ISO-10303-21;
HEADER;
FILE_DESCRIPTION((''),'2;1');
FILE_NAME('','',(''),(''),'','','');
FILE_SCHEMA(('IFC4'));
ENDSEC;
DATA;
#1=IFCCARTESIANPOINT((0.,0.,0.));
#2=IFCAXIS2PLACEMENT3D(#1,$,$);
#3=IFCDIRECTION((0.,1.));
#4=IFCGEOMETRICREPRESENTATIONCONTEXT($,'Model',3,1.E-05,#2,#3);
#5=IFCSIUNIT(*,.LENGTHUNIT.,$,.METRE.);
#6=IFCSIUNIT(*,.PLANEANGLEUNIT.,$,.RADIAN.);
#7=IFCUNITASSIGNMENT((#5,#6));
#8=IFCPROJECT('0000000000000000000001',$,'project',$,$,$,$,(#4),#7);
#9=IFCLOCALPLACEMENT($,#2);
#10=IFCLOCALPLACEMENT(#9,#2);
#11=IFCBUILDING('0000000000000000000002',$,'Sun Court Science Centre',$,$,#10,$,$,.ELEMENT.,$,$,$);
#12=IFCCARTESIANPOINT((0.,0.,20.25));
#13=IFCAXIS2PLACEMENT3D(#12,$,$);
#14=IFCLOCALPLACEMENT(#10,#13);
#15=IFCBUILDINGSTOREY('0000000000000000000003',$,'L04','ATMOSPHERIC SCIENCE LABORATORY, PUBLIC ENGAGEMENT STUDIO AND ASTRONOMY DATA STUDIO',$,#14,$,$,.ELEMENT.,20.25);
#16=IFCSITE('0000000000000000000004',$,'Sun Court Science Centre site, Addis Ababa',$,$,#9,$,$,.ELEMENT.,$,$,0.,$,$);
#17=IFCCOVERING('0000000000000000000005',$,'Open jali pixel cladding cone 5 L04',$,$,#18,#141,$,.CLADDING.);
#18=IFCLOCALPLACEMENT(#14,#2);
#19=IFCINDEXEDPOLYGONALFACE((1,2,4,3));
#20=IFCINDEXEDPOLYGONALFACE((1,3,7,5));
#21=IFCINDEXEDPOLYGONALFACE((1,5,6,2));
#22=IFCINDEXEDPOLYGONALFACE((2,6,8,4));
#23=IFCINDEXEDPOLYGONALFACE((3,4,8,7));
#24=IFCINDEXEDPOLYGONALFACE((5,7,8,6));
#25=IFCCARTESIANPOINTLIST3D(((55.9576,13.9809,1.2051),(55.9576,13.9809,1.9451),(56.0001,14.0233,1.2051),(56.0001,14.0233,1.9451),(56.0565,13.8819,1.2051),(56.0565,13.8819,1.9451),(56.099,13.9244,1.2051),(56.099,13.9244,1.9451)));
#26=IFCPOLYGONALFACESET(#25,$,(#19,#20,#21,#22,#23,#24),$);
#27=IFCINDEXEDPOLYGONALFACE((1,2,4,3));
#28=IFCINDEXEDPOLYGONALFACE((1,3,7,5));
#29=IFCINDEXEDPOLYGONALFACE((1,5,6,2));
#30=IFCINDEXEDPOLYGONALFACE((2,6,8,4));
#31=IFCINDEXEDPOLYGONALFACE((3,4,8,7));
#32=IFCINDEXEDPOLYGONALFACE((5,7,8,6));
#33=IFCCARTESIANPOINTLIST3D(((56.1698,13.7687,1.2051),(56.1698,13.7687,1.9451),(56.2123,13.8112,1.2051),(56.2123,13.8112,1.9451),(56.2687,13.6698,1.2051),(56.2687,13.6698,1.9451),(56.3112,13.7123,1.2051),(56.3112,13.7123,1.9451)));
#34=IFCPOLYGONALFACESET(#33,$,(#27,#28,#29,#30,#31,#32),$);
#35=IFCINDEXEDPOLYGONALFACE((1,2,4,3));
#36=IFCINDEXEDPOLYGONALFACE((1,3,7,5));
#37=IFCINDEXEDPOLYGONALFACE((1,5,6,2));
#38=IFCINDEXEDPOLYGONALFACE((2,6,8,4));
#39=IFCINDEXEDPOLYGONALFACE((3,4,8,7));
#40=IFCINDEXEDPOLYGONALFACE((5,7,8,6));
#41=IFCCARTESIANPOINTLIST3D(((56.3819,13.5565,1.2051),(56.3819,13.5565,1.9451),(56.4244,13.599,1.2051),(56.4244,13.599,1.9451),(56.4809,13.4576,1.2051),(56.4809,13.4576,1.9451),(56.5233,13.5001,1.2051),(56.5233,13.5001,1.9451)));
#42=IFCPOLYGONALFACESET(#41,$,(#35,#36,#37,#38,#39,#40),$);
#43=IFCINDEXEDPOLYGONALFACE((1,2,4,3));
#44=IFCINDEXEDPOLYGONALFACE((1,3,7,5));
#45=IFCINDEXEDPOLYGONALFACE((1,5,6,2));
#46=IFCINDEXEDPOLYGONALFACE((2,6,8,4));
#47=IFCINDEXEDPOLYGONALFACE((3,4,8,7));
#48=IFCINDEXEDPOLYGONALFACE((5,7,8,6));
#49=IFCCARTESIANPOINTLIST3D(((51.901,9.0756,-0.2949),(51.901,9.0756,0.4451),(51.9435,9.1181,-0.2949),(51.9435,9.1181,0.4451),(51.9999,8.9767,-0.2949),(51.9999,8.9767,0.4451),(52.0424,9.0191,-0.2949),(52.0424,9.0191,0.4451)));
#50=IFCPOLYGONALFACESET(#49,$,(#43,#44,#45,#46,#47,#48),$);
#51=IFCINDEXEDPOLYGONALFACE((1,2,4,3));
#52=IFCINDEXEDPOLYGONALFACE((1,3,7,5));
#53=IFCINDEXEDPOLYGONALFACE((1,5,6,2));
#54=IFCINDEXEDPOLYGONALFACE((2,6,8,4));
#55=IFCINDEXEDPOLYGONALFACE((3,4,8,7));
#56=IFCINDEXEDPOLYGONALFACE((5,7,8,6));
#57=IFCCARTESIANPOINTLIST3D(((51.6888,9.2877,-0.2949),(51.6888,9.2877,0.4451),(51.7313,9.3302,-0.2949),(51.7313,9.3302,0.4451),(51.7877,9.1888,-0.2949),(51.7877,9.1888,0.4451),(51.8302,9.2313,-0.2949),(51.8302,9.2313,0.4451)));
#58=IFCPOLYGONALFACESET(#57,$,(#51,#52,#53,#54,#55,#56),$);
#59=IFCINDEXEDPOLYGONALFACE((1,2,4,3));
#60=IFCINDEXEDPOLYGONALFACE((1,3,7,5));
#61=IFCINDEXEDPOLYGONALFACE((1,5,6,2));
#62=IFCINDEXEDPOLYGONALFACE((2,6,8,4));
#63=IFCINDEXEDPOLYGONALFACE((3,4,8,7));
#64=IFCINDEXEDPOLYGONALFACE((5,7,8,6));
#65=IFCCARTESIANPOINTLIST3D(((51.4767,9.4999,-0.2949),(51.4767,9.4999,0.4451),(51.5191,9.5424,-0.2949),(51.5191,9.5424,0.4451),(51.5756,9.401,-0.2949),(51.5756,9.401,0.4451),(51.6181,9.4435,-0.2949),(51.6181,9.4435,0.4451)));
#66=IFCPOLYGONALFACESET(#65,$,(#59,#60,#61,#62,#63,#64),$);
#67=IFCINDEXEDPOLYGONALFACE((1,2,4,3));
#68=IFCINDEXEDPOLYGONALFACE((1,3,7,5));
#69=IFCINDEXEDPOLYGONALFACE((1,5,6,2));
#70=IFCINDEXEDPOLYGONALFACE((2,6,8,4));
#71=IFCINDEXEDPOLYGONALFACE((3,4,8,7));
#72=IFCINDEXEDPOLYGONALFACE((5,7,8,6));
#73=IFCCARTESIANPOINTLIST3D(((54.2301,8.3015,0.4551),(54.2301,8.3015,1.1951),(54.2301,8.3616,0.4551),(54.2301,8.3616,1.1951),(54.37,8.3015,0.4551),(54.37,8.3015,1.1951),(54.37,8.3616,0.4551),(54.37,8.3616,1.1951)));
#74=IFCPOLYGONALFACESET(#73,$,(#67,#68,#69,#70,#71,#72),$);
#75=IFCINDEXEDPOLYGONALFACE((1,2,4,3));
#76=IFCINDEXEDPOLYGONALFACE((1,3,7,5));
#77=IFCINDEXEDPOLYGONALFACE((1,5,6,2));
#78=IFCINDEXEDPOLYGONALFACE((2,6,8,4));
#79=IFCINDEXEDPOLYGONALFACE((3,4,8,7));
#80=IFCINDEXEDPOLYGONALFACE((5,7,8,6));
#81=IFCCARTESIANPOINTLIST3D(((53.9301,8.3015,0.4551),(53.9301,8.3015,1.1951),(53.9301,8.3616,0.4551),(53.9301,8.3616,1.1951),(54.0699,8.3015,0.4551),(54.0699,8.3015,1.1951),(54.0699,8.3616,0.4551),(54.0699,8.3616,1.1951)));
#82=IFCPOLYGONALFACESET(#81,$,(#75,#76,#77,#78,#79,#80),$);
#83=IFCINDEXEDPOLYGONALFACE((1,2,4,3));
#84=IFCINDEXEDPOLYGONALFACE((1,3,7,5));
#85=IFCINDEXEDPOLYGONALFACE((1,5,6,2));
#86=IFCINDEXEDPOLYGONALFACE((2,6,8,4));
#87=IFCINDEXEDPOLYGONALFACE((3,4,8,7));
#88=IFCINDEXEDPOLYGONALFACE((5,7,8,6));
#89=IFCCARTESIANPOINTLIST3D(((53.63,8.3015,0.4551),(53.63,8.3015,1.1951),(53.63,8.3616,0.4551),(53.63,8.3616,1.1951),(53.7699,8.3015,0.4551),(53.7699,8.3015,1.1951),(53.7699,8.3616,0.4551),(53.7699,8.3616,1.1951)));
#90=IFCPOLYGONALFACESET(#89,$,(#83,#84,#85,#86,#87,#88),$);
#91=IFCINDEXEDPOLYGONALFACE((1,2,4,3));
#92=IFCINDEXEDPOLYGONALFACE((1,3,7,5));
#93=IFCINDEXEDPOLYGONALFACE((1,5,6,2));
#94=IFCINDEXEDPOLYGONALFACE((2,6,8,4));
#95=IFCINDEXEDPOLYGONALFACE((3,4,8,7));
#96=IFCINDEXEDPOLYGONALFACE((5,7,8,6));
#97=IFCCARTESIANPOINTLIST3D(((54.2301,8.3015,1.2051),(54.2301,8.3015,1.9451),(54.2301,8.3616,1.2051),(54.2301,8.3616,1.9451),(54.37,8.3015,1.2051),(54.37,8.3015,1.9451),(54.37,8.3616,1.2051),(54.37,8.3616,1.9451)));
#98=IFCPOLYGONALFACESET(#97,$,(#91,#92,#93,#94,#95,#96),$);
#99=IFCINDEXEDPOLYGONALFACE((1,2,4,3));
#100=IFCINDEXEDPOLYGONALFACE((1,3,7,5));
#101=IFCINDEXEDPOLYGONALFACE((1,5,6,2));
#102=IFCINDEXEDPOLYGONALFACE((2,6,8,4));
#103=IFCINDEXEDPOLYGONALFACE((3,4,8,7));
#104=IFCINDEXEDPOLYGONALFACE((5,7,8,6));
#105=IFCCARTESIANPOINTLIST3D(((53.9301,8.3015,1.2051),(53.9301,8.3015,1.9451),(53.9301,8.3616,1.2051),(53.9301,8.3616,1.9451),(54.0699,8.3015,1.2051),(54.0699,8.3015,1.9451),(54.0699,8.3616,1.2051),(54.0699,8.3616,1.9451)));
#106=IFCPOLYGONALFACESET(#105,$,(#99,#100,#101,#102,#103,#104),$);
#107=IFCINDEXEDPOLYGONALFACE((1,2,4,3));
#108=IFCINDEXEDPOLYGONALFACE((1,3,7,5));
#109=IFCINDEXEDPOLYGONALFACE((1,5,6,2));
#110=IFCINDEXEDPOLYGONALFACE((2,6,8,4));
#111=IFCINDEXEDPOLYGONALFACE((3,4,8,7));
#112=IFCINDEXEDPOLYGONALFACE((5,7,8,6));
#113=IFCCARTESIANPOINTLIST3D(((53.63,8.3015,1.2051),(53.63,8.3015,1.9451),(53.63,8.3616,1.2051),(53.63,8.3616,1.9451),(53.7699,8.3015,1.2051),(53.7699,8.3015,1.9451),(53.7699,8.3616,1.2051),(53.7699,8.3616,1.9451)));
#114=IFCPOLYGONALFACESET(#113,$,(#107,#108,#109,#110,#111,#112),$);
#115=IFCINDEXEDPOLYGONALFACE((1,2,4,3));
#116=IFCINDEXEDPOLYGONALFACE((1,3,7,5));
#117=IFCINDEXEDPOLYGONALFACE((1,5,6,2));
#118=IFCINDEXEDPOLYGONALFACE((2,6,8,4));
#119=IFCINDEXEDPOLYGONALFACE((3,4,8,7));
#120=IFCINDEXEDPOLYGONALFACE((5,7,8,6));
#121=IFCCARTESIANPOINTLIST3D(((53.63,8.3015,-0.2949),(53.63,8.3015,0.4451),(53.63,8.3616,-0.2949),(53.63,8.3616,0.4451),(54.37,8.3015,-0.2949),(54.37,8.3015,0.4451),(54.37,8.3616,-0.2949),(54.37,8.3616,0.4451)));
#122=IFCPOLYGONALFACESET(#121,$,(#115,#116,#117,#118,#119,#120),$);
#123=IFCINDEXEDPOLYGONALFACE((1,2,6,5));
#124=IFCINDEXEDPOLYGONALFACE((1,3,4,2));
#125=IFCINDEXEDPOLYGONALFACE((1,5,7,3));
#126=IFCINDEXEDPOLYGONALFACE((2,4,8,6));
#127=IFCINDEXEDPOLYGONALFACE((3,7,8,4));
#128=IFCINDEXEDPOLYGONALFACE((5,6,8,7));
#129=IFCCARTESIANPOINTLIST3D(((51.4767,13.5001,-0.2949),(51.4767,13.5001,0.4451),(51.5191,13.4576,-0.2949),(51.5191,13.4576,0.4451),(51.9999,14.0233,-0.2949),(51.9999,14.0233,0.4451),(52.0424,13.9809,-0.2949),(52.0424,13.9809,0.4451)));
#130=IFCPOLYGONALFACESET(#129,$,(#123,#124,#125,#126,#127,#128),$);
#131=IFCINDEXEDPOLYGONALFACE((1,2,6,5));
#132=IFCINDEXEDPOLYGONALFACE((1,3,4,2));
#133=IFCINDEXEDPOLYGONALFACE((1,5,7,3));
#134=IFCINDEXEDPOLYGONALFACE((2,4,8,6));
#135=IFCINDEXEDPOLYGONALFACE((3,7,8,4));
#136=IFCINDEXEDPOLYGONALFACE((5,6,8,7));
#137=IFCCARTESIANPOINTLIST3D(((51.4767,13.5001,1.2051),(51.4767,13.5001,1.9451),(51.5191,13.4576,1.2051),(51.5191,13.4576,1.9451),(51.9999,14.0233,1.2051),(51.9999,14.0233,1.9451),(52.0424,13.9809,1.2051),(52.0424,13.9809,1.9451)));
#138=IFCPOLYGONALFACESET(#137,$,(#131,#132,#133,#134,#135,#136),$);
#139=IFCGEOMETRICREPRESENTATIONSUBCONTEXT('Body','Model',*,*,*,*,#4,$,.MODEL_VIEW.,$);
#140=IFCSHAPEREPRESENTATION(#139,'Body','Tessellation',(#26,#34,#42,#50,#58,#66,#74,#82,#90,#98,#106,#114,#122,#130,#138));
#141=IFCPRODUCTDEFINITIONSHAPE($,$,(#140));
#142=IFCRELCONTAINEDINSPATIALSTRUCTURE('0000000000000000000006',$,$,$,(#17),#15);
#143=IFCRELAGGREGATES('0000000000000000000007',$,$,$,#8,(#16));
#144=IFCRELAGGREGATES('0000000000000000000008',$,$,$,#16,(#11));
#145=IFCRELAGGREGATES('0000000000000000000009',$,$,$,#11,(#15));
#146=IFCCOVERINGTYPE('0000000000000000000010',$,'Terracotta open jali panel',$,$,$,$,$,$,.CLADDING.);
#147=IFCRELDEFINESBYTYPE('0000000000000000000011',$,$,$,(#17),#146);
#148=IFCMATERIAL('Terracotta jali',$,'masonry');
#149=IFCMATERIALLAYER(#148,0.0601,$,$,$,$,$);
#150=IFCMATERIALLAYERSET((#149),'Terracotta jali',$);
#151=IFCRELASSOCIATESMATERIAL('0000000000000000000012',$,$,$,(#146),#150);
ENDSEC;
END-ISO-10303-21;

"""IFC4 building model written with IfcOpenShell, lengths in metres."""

from ifc_helpers import new_model, si_unit, direction, frame, origin, origin_2d, place, context, subcontext, project, spatial, rectangle, extrude, material, layer, layer_set, type_object, element, save


model = new_model("IFC4")

# Units and contexts
model_context = context("Model", 3, precision=1e-05, world=origin(), true_north=direction((0.0, 1.0)))
body_context = subcontext(model_context, "Body", "Model", "MODEL_VIEW")
ifc_project = project(units=[si_unit("LENGTHUNIT", "METRE"), si_unit("PLANEANGLEUNIT", "RADIAN")], contexts=[model_context])

# Site, building, storey
site_placement = place(None, origin())
site = spatial("IfcSite", under=ifc_project, at=site_placement, Name="Sun Court Science Centre site, Addis Ababa", CompositionType="ELEMENT", RefElevation=0.0)
building_placement = place(site_placement, origin())
building = spatial("IfcBuilding", under=site, at=building_placement, Name="Sun Court Science Centre", CompositionType="ELEMENT")
storey_placement = place(building_placement, frame((0.0, 0.0, 20.25)))
storey = spatial("IfcBuildingStorey", under=building, at=storey_placement, Name="L04", Description="ATMOSPHERIC SCIENCE LABORATORY, PUBLIC ENGAGEMENT STUDIO AND ASTRONOMY DATA STUDIO", CompositionType="ELEMENT", Elevation=20.25)

# Covering
ifc_material_1 = material(Name="Terracotta jali", Category="masonry")
ifc_layer_1 = layer(ifc_material_1, 0.0601)
ifc_layer_set_1 = layer_set([ifc_layer_1], Name="Terracotta jali")
covering_type_1 = type_object("IfcCoveringType", Name="Terracotta open jali panel", PredefinedType="CLADDING", material=ifc_layer_set_1)
covering_1_placement = place(storey_placement, frame((0.0, 0.0, -20.25)))
element("IfcCovering", 1, at=covering_1_placement, inside=storey, type_object=covering_type_1, Name="Open jali pixel cladding cone 5 L04", PredefinedType="CLADDING", context=body_context, shape_type="SweptSolid", body=[
    extrude(rectangle(XDim=0.1399, YDim=0.0601, at=origin_2d()), frame((56.0283, 13.9526, 21.4551), z_axis=(0.0, 0.0, 1.0), x_axis=(0.707107, -0.707107, 0.0)), (0.0, 0.0, 1.0), 0.74),
    extrude(rectangle(XDim=0.1399, YDim=0.0601, at=origin_2d()), frame((56.2405, 13.7405, 21.4551), z_axis=(0.0, 0.0, 1.0), x_axis=(0.707107, -0.707107, 0.0)), (0.0, 0.0, 1.0), 0.74),
    extrude(rectangle(XDim=0.1399, YDim=0.0601, at=origin_2d()), frame((56.4526, 13.5283, 21.4551), z_axis=(0.0, 0.0, 1.0), x_axis=(0.707107, -0.707107, 0.0)), (0.0, 0.0, 1.0), 0.74),
    extrude(rectangle(XDim=0.1399, YDim=0.0601, at=origin_2d()), frame((51.9717, 9.0474, 19.9551), z_axis=(0.0, 0.0, 1.0), x_axis=(-0.707107, 0.707107, 0.0)), (0.0, 0.0, 1.0), 0.74),
    extrude(rectangle(XDim=0.1399, YDim=0.0601, at=origin_2d()), frame((51.7595, 9.2595, 19.9551), z_axis=(0.0, 0.0, 1.0), x_axis=(-0.707107, 0.707107, 0.0)), (0.0, 0.0, 1.0), 0.74),
    extrude(rectangle(XDim=0.1399, YDim=0.0601, at=origin_2d()), frame((51.5474, 9.4717, 19.9551), z_axis=(0.0, 0.0, 1.0), x_axis=(-0.707107, 0.707107, 0.0)), (0.0, 0.0, 1.0), 0.74),
    extrude(rectangle(XDim=0.1399, YDim=0.0601, at=origin_2d()), frame((54.3, 8.3315, 20.7051), z_axis=(0.0, 0.0, 1.0), x_axis=(-1.0, 0.0, 0.0)), (0.0, 0.0, 1.0), 0.74),
    extrude(rectangle(XDim=0.1399, YDim=0.0601, at=origin_2d()), frame((54.0, 8.3315, 20.7051), z_axis=(0.0, 0.0, 1.0), x_axis=(-1.0, 0.0, 0.0)), (0.0, 0.0, 1.0), 0.74),
    extrude(rectangle(XDim=0.1399, YDim=0.0601, at=origin_2d()), frame((53.7, 8.3315, 20.7051), z_axis=(0.0, 0.0, 1.0), x_axis=(-1.0, 0.0, 0.0)), (0.0, 0.0, 1.0), 0.74),
    extrude(rectangle(XDim=0.1399, YDim=0.0601, at=origin_2d()), frame((54.3, 8.3315, 21.4551), z_axis=(0.0, 0.0, 1.0), x_axis=(-1.0, 0.0, 0.0)), (0.0, 0.0, 1.0), 0.74),
    extrude(rectangle(XDim=0.1399, YDim=0.0601, at=origin_2d()), frame((54.0, 8.3315, 21.4551), z_axis=(0.0, 0.0, 1.0), x_axis=(-1.0, 0.0, 0.0)), (0.0, 0.0, 1.0), 0.74),
    extrude(rectangle(XDim=0.1399, YDim=0.0601, at=origin_2d()), frame((53.7, 8.3315, 21.4551), z_axis=(0.0, 0.0, 1.0), x_axis=(-1.0, 0.0, 0.0)), (0.0, 0.0, 1.0), 0.74),
    extrude(rectangle(XDim=0.74, YDim=0.0601, at=origin_2d()), frame((54.0, 8.3315, 19.9551), z_axis=(0.0, 0.0, 1.0), x_axis=(-1.0, 0.0, 0.0)), (0.0, 0.0, 1.0), 0.74),
    extrude(rectangle(XDim=0.74, YDim=0.0601, at=origin_2d()), frame((51.7595, 13.7405, 19.9551), z_axis=(0.0, 0.0, 1.0), x_axis=(0.707107, 0.707107, 0.0)), (0.0, 0.0, 1.0), 0.74),
    extrude(rectangle(XDim=0.74, YDim=0.0601, at=origin_2d()), frame((51.7595, 13.7405, 21.4551), z_axis=(0.0, 0.0, 1.0), x_axis=(0.707107, 0.707107, 0.0)), (0.0, 0.0, 1.0), 0.74),
])

save(model, "model.ifc")
